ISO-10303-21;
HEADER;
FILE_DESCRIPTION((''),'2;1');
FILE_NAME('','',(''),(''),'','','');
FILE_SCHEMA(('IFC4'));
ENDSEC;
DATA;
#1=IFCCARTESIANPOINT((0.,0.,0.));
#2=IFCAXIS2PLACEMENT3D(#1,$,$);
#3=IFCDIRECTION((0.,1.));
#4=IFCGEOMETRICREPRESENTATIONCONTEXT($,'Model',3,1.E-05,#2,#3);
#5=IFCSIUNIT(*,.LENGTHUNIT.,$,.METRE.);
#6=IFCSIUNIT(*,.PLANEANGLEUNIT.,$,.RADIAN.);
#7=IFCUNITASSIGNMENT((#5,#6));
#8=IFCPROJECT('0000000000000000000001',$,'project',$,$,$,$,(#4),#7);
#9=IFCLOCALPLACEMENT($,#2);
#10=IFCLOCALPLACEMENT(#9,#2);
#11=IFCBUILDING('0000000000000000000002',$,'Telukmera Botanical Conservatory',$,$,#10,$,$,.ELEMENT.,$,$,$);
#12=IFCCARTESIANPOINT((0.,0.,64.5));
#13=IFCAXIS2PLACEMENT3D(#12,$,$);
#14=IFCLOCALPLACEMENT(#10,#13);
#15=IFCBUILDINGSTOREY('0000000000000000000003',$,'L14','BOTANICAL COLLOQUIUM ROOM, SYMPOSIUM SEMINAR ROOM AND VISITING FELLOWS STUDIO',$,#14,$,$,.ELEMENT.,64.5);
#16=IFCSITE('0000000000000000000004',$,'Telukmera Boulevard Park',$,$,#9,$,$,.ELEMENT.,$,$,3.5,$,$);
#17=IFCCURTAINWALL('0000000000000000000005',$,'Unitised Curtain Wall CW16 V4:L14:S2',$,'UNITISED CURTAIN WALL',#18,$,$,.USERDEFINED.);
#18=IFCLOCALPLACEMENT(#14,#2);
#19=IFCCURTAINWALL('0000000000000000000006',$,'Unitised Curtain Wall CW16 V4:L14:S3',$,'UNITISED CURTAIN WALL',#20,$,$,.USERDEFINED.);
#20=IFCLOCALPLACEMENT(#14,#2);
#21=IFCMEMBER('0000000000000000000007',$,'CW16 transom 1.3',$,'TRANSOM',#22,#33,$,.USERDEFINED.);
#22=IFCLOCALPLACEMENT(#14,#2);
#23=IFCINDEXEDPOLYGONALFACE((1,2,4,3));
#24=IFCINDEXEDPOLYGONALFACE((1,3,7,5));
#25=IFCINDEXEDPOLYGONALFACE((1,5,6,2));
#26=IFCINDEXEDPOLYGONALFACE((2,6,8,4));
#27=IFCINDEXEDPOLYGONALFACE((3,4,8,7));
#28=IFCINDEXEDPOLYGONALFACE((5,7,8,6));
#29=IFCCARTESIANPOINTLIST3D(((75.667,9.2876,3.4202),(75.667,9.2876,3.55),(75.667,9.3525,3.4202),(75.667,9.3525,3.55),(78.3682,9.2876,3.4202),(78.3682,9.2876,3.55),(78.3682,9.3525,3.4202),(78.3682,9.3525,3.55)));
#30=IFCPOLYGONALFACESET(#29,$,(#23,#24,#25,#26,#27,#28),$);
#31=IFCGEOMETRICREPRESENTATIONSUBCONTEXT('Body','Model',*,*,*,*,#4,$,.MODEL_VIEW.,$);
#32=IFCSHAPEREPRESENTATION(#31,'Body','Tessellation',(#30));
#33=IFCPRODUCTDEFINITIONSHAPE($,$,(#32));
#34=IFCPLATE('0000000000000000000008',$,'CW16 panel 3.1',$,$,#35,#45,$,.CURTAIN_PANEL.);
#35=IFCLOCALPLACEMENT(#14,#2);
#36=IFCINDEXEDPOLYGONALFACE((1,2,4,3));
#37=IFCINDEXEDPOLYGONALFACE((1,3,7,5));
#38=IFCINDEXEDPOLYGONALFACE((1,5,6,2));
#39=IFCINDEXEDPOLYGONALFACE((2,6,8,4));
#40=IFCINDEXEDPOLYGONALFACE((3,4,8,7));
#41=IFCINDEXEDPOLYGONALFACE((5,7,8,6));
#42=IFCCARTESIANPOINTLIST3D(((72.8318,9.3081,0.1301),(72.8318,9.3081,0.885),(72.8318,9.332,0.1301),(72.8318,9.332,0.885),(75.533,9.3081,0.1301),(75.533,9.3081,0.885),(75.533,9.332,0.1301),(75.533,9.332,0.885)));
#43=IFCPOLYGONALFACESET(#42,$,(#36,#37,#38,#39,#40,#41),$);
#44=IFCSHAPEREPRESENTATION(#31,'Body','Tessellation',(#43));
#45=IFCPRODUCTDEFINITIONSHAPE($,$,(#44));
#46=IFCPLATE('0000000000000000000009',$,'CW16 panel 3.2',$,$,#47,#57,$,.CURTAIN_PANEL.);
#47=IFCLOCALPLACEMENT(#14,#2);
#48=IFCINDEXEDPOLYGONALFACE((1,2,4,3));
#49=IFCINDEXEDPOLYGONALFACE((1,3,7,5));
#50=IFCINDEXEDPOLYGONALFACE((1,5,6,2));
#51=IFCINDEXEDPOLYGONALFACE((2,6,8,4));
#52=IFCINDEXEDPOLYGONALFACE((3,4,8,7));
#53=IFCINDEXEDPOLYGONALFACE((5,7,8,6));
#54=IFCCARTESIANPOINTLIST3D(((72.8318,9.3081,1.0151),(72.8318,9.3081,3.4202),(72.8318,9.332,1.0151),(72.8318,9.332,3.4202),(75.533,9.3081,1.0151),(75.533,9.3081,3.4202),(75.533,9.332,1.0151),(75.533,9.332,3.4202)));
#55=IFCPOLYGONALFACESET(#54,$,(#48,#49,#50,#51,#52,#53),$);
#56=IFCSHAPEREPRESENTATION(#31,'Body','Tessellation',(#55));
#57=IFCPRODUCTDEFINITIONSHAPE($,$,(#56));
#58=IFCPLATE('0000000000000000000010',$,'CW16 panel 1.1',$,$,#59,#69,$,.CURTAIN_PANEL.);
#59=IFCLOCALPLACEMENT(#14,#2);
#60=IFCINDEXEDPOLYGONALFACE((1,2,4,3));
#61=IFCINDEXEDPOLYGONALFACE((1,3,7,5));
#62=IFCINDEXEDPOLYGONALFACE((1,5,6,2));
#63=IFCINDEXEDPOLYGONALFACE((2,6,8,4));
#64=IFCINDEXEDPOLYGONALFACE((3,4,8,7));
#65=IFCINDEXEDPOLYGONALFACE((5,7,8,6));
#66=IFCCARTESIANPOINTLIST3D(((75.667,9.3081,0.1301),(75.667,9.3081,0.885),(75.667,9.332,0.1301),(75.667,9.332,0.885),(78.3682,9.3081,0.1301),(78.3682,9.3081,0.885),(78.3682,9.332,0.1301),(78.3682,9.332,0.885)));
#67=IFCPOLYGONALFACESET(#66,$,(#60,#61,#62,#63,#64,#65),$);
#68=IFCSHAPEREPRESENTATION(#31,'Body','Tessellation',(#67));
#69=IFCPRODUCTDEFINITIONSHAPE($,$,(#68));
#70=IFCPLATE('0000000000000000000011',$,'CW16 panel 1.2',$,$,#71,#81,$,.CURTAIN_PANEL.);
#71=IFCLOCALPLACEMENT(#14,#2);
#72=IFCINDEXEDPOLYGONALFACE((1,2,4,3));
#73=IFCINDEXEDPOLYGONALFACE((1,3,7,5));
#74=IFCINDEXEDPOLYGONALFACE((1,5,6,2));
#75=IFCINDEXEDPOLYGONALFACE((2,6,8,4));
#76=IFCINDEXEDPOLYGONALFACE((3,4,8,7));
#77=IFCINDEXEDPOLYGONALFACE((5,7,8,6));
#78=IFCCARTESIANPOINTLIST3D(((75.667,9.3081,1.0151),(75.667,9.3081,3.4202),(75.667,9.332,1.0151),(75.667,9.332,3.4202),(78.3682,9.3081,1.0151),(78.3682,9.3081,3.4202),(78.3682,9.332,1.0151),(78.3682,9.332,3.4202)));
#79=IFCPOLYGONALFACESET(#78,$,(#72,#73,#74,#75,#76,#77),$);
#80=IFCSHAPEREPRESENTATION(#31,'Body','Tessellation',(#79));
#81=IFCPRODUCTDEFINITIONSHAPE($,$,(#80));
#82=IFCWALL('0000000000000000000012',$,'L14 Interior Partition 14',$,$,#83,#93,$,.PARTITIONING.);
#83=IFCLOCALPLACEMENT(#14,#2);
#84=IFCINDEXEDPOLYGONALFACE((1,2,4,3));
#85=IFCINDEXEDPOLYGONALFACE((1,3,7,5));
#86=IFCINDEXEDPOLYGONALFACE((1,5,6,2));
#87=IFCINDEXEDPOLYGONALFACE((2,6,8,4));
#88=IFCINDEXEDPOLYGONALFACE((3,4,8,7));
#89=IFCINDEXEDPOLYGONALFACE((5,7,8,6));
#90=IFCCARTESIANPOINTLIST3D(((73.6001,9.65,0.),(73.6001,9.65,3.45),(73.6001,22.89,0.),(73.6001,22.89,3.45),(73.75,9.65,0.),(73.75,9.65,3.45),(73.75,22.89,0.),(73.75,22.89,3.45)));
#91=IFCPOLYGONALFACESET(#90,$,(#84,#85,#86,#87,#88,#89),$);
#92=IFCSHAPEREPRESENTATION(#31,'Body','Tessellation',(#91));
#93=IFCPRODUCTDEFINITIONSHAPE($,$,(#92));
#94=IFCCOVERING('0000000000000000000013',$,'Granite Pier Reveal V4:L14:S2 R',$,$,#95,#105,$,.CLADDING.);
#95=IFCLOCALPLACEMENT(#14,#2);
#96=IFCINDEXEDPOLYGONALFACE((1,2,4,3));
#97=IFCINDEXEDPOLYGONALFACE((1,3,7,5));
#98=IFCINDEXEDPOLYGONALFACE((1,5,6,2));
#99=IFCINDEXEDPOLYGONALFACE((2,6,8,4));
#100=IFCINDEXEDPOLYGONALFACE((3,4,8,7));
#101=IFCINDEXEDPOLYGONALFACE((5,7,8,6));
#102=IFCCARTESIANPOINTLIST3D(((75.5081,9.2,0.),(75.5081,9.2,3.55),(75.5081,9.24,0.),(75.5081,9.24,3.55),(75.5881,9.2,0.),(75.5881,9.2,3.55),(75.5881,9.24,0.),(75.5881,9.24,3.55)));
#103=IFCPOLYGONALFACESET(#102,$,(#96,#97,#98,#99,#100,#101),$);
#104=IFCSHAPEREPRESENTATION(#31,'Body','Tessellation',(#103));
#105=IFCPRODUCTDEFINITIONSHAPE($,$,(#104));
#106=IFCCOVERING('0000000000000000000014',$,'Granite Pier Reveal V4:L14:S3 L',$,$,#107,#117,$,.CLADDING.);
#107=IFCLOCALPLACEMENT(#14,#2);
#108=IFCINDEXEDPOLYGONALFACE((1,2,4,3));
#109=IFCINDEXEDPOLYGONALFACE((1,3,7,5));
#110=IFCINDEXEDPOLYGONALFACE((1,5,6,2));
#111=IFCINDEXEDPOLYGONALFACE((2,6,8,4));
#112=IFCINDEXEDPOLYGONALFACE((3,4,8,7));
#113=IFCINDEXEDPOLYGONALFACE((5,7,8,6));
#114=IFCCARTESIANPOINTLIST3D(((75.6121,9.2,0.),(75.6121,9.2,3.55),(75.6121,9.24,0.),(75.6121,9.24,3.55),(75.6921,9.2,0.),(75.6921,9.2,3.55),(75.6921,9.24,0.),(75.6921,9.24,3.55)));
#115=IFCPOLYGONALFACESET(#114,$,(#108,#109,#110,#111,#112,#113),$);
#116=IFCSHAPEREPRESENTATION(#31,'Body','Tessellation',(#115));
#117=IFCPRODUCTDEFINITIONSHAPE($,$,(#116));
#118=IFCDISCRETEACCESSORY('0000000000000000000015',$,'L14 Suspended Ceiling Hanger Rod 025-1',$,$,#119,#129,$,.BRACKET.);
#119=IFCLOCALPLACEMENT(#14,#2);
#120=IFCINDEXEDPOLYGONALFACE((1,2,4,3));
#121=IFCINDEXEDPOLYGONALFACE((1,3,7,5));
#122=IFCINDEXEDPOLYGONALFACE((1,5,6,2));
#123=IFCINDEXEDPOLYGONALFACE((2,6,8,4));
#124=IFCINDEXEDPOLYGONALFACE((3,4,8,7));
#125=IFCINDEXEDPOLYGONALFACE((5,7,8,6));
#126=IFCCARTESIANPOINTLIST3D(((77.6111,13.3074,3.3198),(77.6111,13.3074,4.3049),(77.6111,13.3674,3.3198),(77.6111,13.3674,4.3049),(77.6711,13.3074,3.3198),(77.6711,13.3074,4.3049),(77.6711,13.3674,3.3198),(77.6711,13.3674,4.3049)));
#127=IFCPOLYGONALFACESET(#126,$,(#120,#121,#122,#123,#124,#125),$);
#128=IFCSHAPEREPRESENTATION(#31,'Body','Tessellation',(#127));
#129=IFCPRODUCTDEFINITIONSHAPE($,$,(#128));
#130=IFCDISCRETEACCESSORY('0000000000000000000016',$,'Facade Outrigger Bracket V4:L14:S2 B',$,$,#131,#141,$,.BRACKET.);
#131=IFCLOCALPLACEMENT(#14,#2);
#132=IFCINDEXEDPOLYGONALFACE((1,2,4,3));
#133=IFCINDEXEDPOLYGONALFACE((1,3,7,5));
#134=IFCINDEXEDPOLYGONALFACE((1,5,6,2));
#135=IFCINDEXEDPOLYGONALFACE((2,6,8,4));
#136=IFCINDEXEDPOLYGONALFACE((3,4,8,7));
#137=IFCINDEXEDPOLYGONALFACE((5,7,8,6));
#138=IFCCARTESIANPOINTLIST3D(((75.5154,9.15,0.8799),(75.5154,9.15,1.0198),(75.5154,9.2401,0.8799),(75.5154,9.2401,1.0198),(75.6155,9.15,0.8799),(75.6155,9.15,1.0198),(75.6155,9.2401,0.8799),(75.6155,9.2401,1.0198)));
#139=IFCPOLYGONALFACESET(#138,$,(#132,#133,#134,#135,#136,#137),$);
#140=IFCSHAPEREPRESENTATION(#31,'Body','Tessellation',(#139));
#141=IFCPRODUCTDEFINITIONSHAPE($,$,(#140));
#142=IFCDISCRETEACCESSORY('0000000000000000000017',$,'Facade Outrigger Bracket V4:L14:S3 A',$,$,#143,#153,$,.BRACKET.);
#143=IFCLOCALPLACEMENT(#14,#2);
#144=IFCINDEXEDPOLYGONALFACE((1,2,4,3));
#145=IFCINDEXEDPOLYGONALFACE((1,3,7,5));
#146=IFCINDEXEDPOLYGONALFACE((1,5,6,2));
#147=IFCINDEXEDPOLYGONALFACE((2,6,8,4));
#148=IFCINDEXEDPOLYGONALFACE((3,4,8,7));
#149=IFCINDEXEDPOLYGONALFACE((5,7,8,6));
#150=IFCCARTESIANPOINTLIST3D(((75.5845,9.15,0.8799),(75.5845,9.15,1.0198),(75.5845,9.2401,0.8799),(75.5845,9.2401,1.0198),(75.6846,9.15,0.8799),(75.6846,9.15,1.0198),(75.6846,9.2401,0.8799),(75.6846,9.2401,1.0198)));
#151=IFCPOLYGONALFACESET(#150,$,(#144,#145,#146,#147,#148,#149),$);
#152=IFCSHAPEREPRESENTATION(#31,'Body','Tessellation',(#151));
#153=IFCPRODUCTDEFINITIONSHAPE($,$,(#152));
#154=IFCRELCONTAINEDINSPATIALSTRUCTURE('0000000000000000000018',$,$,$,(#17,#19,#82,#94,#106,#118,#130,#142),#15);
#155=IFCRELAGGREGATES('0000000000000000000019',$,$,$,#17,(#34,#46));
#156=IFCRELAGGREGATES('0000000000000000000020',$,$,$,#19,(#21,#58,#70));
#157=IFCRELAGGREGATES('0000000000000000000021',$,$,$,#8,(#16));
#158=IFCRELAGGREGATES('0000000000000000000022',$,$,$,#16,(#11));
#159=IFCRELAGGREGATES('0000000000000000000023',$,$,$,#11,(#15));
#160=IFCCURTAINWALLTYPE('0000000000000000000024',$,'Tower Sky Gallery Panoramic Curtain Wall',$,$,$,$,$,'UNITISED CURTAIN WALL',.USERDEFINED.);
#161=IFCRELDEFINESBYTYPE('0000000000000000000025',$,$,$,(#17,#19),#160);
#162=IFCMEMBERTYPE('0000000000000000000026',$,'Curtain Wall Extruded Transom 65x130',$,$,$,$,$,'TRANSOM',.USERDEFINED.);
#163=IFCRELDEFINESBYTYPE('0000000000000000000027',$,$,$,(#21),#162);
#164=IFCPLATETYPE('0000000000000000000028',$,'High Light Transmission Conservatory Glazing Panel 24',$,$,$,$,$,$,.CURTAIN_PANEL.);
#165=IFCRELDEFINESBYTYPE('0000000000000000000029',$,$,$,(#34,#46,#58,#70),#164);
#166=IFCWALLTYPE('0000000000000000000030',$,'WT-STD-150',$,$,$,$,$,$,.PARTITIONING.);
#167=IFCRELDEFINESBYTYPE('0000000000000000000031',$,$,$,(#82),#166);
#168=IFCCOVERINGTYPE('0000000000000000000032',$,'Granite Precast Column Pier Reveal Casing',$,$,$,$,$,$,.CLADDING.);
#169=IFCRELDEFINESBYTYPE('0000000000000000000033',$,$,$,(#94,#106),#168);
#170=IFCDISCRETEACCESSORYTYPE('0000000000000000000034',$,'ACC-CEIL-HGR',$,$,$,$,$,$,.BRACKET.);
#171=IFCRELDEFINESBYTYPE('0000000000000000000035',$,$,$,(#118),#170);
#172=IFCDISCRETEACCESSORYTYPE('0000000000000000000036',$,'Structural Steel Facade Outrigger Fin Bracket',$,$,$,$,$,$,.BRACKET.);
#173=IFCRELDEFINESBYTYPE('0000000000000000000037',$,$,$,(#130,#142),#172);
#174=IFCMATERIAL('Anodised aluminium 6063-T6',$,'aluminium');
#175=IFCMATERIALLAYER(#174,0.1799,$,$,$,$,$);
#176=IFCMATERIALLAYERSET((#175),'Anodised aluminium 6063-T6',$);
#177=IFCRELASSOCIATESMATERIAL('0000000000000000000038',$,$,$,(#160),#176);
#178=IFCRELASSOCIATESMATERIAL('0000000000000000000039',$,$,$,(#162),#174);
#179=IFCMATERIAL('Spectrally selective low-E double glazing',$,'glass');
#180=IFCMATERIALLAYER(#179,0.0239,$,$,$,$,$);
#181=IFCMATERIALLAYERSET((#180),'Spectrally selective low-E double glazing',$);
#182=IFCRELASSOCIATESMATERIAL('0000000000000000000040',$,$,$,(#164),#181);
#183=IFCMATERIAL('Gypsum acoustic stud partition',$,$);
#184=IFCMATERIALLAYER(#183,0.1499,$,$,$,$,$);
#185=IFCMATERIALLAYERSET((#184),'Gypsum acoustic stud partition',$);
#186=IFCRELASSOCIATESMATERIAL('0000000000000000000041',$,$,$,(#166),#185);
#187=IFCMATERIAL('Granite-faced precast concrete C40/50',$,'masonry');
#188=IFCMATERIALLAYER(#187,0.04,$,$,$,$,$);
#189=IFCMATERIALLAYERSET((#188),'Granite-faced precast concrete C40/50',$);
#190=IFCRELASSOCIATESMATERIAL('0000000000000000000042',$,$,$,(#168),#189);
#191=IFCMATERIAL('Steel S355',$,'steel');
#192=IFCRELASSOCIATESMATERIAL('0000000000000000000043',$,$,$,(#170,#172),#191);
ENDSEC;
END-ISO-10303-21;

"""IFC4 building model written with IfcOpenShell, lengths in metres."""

from ifc_helpers import new_model, si_unit, direction, frame, frame_2d, origin, origin_2d, place, context, subcontext, project, spatial, rectangle, extrude, material, layer, layer_set, material_profile, profile_set, type_object, element, aggregate, save


model = new_model("IFC4")

# Units and contexts
model_context = context("Model", 3, precision=1e-05, world=origin(), true_north=direction((0.0, 1.0)))
body_context = subcontext(model_context, "Body", "Model", "MODEL_VIEW")
ifc_project = project(units=[si_unit("LENGTHUNIT", "METRE"), si_unit("PLANEANGLEUNIT", "RADIAN")], contexts=[model_context])

# Site, building, storey
site_placement = place(None, origin())
site = spatial("IfcSite", under=ifc_project, at=site_placement, Name="Telukmera Boulevard Park", CompositionType="ELEMENT", RefElevation=3.5)
building_placement = place(site_placement, origin())
building = spatial("IfcBuilding", under=site, at=building_placement, Name="Telukmera Botanical Conservatory", CompositionType="ELEMENT")
storey_placement = place(building_placement, frame((0.0, 0.0, 64.5)))
storey = spatial("IfcBuildingStorey", under=building, at=storey_placement, Name="L14", Description="BOTANICAL COLLOQUIUM ROOM, SYMPOSIUM SEMINAR ROOM AND VISITING FELLOWS STUDIO", CompositionType="ELEMENT", Elevation=64.5)

# Curtain wall
ifc_material_1 = material(Name="Anodised aluminium 6063-T6", Category="aluminium")
ifc_layer_1 = layer(ifc_material_1, 0.1799)
ifc_layer_set_1 = layer_set([ifc_layer_1], Name="Anodised aluminium 6063-T6")
curtain_wall_type = type_object("IfcCurtainWallType", Name="Tower Sky Gallery Panoramic Curtain Wall", ElementType="UNITISED CURTAIN WALL", PredefinedType="USERDEFINED", material=ifc_layer_set_1)
curtain_wall_1_placement = place(storey_placement, origin())
curtain_wall_1 = element("IfcCurtainWall", 1, at=curtain_wall_1_placement, inside=storey, type_object=curtain_wall_type, Name="Unitised Curtain Wall CW16 V4:L14:S2", ObjectType="UNITISED CURTAIN WALL", PredefinedType="USERDEFINED")

# Curtain wall
curtain_wall_2_placement = place(storey_placement, origin())
curtain_wall_2 = element("IfcCurtainWall", 2, at=curtain_wall_2_placement, inside=storey, type_object=curtain_wall_type, Name="Unitised Curtain Wall CW16 V4:L14:S3", ObjectType="UNITISED CURTAIN WALL", PredefinedType="USERDEFINED")

# Member
ifc_material_profile_1 = material_profile(ifc_material_1, rectangle(XDim=0.0649, YDim=0.1299, at=origin_2d()), Name="ALU TRAN 65x130")
ifc_profile_set_1 = profile_set([ifc_material_profile_1], Name="Anodised aluminium 6063-T6")
member_type_1 = type_object("IfcMemberType", Name="Curtain Wall Extruded Transom 65x130", ElementType="TRANSOM", PredefinedType="USERDEFINED", material=ifc_profile_set_1)
member_1_placement = place(storey_placement, frame((75.667, 9.3201, 3.4851), z_axis=(1.0, 0.0, 0.0), x_axis=(0.0, 1.0, 0.0)))
member_1 = element("IfcMember", 3, at=member_1_placement, type_object=member_type_1, Name="CW16 transom 1.3", ObjectType="TRANSOM", PredefinedType="USERDEFINED", context=body_context, shape_type="SweptSolid", body=[
    extrude(rectangle(XDim=0.0649, YDim=0.1299, at=origin_2d()), origin(), (0.0, 0.0, 1.0), 2.7012),
])

# Plates
ifc_material_2 = material(Name="Spectrally selective low-E double glazing", Category="glass")
ifc_layer_2 = layer(ifc_material_2, 0.0239)
ifc_layer_set_2 = layer_set([ifc_layer_2], Name="Spectrally selective low-E double glazing")
plate_type = type_object("IfcPlateType", Name="High Light Transmission Conservatory Glazing Panel 24", PredefinedType="CURTAIN_PANEL", material=ifc_layer_set_2)
plate_1_placement = place(storey_placement, frame((74.1824, 9.3201, 0.1301), z_axis=(0.0, 0.0, 1.0), x_axis=(1.0, 0.0, 0.0)))
plate_1 = element("IfcPlate", 4, at=plate_1_placement, type_object=plate_type, Name="CW16 panel 3.1", PredefinedType="CURTAIN_PANEL", context=body_context, shape_type="SweptSolid", body=[
    extrude(rectangle(XDim=2.7012, YDim=0.0239, at=origin_2d()), origin(), (0.0, 0.0, 1.0), 0.7549),
])
plate_2_placement = place(storey_placement, frame((74.1824, 9.3201, 1.0151), z_axis=(0.0, 0.0, 1.0), x_axis=(1.0, 0.0, 0.0)))
plate_2 = element("IfcPlate", 5, at=plate_2_placement, type_object=plate_type, Name="CW16 panel 3.2", PredefinedType="CURTAIN_PANEL", context=body_context, shape_type="SweptSolid", body=[
    extrude(rectangle(XDim=2.7012, YDim=0.0239, at=origin_2d()), origin(), (0.0, 0.0, 1.0), 2.405),
])
aggregate(curtain_wall_1, [plate_1, plate_2])
plate_3_placement = place(storey_placement, frame((77.0176, 9.3201, 0.1301), z_axis=(0.0, 0.0, 1.0), x_axis=(1.0, 0.0, 0.0)))
plate_3 = element("IfcPlate", 6, at=plate_3_placement, type_object=plate_type, Name="CW16 panel 1.1", PredefinedType="CURTAIN_PANEL", context=body_context, shape_type="SweptSolid", body=[
    extrude(rectangle(XDim=2.7012, YDim=0.0239, at=origin_2d()), origin(), (0.0, 0.0, 1.0), 0.7549),
])
plate_4_placement = place(storey_placement, frame((77.0176, 9.3201, 1.0151), z_axis=(0.0, 0.0, 1.0), x_axis=(1.0, 0.0, 0.0)))
plate_4 = element("IfcPlate", 7, at=plate_4_placement, type_object=plate_type, Name="CW16 panel 1.2", PredefinedType="CURTAIN_PANEL", context=body_context, shape_type="SweptSolid", body=[
    extrude(rectangle(XDim=2.7012, YDim=0.0239, at=origin_2d()), origin(), (0.0, 0.0, 1.0), 2.405),
])
aggregate(curtain_wall_2, [member_1, plate_3, plate_4])

# Wall
ifc_material_3 = material(Name="Gypsum acoustic stud partition")
ifc_layer_3 = layer(ifc_material_3, 0.1499)
ifc_layer_set_3 = layer_set([ifc_layer_3], Name="Gypsum acoustic stud partition")
wall_type = type_object("IfcWallType", Name="WT-STD-150", PredefinedType="PARTITIONING", material=ifc_layer_set_3)
wall_placement = place(storey_placement, frame((73.675, 9.6499, 0.0), z_axis=(0.0, 0.0, 1.0), x_axis=(0.0, 1.0, 0.0)))
element("IfcWall", 8, at=wall_placement, inside=storey, type_object=wall_type, Name="L14 Interior Partition 14", PredefinedType="PARTITIONING", context=body_context, shape_type="SweptSolid", body=[
    extrude(rectangle(XDim=13.24, YDim=0.1499, at=frame_2d((6.6201, 0.0))), origin(), (0.0, 0.0, 1.0), 3.45),
])

# Coverings
ifc_material_4 = material(Name="Granite-faced precast concrete C40/50", Category="masonry")
ifc_layer_4 = layer(ifc_material_4, 0.04)
ifc_layer_set_4 = layer_set([ifc_layer_4], Name="Granite-faced precast concrete C40/50")
covering_type = type_object("IfcCoveringType", Name="Granite Precast Column Pier Reveal Casing", PredefinedType="CLADDING", material=ifc_layer_set_4)
for number, where, z_axis, x_axis, name in (
    (9, (75.5481, 9.22, 0.0), (0.0, 0.0, 1.0), (1.0, 0.0, 0.0), "Granite Pier Reveal V4:L14:S2 R"),
    (10, (75.6521, 9.22, 0.0), (0.0, 0.0, 1.0), (1.0, 0.0, 0.0), "Granite Pier Reveal V4:L14:S3 L"),
):
    element("IfcCovering", number, at=place(storey_placement, frame(where, z_axis=z_axis, x_axis=x_axis)), inside=storey, type_object=covering_type, Name=name, PredefinedType="CLADDING", context=body_context, shape_type="SweptSolid", body=[
        extrude(rectangle(XDim=0.0801, YDim=0.04, at=origin_2d()), origin(), (0.0, 0.0, 1.0), 3.55),
    ])

# Discrete accessories
ifc_material_5 = material(Name="Steel S355", Category="steel")
discrete_accessory_type_1 = type_object("IfcDiscreteAccessoryType", Name="ACC-CEIL-HGR", PredefinedType="BRACKET", material=ifc_material_5)
discrete_accessory_placement = place(storey_placement, frame((77.6411, 13.3374, 3.3198), z_axis=(0.0, 0.0, 1.0), x_axis=(1.0, 0.0, 0.0)))
element("IfcDiscreteAccessory", 11, at=discrete_accessory_placement, inside=storey, type_object=discrete_accessory_type_1, Name="L14 Suspended Ceiling Hanger Rod 025-1", PredefinedType="BRACKET", context=body_context, shape_type="SweptSolid", body=[
    extrude(rectangle(XDim=0.0601, YDim=0.0601, at=origin_2d()), origin(), (0.0, 0.0, 1.0), 0.9851),
])
discrete_accessory_type_2 = type_object("IfcDiscreteAccessoryType", Name="Structural Steel Facade Outrigger Fin Bracket", PredefinedType="BRACKET", material=ifc_material_5)
for number, where, z_axis, x_axis, name in (
    (12, (75.5654, 9.1951, 0.8799), (0.0, 0.0, 1.0), (1.0, 0.0, 0.0), "Facade Outrigger Bracket V4:L14:S2 B"),
    (13, (75.6345, 9.1951, 0.8799), (0.0, 0.0, 1.0), (1.0, 0.0, 0.0), "Facade Outrigger Bracket V4:L14:S3 A"),
):
    element("IfcDiscreteAccessory", number, at=place(storey_placement, frame(where, z_axis=z_axis, x_axis=x_axis)), inside=storey, type_object=discrete_accessory_type_2, Name=name, PredefinedType="BRACKET", context=body_context, shape_type="SweptSolid", body=[
        extrude(rectangle(XDim=0.1001, YDim=0.0901, at=origin_2d()), origin(), (0.0, 0.0, 1.0), 0.1399),
    ])

save(model, "model.ifc")
